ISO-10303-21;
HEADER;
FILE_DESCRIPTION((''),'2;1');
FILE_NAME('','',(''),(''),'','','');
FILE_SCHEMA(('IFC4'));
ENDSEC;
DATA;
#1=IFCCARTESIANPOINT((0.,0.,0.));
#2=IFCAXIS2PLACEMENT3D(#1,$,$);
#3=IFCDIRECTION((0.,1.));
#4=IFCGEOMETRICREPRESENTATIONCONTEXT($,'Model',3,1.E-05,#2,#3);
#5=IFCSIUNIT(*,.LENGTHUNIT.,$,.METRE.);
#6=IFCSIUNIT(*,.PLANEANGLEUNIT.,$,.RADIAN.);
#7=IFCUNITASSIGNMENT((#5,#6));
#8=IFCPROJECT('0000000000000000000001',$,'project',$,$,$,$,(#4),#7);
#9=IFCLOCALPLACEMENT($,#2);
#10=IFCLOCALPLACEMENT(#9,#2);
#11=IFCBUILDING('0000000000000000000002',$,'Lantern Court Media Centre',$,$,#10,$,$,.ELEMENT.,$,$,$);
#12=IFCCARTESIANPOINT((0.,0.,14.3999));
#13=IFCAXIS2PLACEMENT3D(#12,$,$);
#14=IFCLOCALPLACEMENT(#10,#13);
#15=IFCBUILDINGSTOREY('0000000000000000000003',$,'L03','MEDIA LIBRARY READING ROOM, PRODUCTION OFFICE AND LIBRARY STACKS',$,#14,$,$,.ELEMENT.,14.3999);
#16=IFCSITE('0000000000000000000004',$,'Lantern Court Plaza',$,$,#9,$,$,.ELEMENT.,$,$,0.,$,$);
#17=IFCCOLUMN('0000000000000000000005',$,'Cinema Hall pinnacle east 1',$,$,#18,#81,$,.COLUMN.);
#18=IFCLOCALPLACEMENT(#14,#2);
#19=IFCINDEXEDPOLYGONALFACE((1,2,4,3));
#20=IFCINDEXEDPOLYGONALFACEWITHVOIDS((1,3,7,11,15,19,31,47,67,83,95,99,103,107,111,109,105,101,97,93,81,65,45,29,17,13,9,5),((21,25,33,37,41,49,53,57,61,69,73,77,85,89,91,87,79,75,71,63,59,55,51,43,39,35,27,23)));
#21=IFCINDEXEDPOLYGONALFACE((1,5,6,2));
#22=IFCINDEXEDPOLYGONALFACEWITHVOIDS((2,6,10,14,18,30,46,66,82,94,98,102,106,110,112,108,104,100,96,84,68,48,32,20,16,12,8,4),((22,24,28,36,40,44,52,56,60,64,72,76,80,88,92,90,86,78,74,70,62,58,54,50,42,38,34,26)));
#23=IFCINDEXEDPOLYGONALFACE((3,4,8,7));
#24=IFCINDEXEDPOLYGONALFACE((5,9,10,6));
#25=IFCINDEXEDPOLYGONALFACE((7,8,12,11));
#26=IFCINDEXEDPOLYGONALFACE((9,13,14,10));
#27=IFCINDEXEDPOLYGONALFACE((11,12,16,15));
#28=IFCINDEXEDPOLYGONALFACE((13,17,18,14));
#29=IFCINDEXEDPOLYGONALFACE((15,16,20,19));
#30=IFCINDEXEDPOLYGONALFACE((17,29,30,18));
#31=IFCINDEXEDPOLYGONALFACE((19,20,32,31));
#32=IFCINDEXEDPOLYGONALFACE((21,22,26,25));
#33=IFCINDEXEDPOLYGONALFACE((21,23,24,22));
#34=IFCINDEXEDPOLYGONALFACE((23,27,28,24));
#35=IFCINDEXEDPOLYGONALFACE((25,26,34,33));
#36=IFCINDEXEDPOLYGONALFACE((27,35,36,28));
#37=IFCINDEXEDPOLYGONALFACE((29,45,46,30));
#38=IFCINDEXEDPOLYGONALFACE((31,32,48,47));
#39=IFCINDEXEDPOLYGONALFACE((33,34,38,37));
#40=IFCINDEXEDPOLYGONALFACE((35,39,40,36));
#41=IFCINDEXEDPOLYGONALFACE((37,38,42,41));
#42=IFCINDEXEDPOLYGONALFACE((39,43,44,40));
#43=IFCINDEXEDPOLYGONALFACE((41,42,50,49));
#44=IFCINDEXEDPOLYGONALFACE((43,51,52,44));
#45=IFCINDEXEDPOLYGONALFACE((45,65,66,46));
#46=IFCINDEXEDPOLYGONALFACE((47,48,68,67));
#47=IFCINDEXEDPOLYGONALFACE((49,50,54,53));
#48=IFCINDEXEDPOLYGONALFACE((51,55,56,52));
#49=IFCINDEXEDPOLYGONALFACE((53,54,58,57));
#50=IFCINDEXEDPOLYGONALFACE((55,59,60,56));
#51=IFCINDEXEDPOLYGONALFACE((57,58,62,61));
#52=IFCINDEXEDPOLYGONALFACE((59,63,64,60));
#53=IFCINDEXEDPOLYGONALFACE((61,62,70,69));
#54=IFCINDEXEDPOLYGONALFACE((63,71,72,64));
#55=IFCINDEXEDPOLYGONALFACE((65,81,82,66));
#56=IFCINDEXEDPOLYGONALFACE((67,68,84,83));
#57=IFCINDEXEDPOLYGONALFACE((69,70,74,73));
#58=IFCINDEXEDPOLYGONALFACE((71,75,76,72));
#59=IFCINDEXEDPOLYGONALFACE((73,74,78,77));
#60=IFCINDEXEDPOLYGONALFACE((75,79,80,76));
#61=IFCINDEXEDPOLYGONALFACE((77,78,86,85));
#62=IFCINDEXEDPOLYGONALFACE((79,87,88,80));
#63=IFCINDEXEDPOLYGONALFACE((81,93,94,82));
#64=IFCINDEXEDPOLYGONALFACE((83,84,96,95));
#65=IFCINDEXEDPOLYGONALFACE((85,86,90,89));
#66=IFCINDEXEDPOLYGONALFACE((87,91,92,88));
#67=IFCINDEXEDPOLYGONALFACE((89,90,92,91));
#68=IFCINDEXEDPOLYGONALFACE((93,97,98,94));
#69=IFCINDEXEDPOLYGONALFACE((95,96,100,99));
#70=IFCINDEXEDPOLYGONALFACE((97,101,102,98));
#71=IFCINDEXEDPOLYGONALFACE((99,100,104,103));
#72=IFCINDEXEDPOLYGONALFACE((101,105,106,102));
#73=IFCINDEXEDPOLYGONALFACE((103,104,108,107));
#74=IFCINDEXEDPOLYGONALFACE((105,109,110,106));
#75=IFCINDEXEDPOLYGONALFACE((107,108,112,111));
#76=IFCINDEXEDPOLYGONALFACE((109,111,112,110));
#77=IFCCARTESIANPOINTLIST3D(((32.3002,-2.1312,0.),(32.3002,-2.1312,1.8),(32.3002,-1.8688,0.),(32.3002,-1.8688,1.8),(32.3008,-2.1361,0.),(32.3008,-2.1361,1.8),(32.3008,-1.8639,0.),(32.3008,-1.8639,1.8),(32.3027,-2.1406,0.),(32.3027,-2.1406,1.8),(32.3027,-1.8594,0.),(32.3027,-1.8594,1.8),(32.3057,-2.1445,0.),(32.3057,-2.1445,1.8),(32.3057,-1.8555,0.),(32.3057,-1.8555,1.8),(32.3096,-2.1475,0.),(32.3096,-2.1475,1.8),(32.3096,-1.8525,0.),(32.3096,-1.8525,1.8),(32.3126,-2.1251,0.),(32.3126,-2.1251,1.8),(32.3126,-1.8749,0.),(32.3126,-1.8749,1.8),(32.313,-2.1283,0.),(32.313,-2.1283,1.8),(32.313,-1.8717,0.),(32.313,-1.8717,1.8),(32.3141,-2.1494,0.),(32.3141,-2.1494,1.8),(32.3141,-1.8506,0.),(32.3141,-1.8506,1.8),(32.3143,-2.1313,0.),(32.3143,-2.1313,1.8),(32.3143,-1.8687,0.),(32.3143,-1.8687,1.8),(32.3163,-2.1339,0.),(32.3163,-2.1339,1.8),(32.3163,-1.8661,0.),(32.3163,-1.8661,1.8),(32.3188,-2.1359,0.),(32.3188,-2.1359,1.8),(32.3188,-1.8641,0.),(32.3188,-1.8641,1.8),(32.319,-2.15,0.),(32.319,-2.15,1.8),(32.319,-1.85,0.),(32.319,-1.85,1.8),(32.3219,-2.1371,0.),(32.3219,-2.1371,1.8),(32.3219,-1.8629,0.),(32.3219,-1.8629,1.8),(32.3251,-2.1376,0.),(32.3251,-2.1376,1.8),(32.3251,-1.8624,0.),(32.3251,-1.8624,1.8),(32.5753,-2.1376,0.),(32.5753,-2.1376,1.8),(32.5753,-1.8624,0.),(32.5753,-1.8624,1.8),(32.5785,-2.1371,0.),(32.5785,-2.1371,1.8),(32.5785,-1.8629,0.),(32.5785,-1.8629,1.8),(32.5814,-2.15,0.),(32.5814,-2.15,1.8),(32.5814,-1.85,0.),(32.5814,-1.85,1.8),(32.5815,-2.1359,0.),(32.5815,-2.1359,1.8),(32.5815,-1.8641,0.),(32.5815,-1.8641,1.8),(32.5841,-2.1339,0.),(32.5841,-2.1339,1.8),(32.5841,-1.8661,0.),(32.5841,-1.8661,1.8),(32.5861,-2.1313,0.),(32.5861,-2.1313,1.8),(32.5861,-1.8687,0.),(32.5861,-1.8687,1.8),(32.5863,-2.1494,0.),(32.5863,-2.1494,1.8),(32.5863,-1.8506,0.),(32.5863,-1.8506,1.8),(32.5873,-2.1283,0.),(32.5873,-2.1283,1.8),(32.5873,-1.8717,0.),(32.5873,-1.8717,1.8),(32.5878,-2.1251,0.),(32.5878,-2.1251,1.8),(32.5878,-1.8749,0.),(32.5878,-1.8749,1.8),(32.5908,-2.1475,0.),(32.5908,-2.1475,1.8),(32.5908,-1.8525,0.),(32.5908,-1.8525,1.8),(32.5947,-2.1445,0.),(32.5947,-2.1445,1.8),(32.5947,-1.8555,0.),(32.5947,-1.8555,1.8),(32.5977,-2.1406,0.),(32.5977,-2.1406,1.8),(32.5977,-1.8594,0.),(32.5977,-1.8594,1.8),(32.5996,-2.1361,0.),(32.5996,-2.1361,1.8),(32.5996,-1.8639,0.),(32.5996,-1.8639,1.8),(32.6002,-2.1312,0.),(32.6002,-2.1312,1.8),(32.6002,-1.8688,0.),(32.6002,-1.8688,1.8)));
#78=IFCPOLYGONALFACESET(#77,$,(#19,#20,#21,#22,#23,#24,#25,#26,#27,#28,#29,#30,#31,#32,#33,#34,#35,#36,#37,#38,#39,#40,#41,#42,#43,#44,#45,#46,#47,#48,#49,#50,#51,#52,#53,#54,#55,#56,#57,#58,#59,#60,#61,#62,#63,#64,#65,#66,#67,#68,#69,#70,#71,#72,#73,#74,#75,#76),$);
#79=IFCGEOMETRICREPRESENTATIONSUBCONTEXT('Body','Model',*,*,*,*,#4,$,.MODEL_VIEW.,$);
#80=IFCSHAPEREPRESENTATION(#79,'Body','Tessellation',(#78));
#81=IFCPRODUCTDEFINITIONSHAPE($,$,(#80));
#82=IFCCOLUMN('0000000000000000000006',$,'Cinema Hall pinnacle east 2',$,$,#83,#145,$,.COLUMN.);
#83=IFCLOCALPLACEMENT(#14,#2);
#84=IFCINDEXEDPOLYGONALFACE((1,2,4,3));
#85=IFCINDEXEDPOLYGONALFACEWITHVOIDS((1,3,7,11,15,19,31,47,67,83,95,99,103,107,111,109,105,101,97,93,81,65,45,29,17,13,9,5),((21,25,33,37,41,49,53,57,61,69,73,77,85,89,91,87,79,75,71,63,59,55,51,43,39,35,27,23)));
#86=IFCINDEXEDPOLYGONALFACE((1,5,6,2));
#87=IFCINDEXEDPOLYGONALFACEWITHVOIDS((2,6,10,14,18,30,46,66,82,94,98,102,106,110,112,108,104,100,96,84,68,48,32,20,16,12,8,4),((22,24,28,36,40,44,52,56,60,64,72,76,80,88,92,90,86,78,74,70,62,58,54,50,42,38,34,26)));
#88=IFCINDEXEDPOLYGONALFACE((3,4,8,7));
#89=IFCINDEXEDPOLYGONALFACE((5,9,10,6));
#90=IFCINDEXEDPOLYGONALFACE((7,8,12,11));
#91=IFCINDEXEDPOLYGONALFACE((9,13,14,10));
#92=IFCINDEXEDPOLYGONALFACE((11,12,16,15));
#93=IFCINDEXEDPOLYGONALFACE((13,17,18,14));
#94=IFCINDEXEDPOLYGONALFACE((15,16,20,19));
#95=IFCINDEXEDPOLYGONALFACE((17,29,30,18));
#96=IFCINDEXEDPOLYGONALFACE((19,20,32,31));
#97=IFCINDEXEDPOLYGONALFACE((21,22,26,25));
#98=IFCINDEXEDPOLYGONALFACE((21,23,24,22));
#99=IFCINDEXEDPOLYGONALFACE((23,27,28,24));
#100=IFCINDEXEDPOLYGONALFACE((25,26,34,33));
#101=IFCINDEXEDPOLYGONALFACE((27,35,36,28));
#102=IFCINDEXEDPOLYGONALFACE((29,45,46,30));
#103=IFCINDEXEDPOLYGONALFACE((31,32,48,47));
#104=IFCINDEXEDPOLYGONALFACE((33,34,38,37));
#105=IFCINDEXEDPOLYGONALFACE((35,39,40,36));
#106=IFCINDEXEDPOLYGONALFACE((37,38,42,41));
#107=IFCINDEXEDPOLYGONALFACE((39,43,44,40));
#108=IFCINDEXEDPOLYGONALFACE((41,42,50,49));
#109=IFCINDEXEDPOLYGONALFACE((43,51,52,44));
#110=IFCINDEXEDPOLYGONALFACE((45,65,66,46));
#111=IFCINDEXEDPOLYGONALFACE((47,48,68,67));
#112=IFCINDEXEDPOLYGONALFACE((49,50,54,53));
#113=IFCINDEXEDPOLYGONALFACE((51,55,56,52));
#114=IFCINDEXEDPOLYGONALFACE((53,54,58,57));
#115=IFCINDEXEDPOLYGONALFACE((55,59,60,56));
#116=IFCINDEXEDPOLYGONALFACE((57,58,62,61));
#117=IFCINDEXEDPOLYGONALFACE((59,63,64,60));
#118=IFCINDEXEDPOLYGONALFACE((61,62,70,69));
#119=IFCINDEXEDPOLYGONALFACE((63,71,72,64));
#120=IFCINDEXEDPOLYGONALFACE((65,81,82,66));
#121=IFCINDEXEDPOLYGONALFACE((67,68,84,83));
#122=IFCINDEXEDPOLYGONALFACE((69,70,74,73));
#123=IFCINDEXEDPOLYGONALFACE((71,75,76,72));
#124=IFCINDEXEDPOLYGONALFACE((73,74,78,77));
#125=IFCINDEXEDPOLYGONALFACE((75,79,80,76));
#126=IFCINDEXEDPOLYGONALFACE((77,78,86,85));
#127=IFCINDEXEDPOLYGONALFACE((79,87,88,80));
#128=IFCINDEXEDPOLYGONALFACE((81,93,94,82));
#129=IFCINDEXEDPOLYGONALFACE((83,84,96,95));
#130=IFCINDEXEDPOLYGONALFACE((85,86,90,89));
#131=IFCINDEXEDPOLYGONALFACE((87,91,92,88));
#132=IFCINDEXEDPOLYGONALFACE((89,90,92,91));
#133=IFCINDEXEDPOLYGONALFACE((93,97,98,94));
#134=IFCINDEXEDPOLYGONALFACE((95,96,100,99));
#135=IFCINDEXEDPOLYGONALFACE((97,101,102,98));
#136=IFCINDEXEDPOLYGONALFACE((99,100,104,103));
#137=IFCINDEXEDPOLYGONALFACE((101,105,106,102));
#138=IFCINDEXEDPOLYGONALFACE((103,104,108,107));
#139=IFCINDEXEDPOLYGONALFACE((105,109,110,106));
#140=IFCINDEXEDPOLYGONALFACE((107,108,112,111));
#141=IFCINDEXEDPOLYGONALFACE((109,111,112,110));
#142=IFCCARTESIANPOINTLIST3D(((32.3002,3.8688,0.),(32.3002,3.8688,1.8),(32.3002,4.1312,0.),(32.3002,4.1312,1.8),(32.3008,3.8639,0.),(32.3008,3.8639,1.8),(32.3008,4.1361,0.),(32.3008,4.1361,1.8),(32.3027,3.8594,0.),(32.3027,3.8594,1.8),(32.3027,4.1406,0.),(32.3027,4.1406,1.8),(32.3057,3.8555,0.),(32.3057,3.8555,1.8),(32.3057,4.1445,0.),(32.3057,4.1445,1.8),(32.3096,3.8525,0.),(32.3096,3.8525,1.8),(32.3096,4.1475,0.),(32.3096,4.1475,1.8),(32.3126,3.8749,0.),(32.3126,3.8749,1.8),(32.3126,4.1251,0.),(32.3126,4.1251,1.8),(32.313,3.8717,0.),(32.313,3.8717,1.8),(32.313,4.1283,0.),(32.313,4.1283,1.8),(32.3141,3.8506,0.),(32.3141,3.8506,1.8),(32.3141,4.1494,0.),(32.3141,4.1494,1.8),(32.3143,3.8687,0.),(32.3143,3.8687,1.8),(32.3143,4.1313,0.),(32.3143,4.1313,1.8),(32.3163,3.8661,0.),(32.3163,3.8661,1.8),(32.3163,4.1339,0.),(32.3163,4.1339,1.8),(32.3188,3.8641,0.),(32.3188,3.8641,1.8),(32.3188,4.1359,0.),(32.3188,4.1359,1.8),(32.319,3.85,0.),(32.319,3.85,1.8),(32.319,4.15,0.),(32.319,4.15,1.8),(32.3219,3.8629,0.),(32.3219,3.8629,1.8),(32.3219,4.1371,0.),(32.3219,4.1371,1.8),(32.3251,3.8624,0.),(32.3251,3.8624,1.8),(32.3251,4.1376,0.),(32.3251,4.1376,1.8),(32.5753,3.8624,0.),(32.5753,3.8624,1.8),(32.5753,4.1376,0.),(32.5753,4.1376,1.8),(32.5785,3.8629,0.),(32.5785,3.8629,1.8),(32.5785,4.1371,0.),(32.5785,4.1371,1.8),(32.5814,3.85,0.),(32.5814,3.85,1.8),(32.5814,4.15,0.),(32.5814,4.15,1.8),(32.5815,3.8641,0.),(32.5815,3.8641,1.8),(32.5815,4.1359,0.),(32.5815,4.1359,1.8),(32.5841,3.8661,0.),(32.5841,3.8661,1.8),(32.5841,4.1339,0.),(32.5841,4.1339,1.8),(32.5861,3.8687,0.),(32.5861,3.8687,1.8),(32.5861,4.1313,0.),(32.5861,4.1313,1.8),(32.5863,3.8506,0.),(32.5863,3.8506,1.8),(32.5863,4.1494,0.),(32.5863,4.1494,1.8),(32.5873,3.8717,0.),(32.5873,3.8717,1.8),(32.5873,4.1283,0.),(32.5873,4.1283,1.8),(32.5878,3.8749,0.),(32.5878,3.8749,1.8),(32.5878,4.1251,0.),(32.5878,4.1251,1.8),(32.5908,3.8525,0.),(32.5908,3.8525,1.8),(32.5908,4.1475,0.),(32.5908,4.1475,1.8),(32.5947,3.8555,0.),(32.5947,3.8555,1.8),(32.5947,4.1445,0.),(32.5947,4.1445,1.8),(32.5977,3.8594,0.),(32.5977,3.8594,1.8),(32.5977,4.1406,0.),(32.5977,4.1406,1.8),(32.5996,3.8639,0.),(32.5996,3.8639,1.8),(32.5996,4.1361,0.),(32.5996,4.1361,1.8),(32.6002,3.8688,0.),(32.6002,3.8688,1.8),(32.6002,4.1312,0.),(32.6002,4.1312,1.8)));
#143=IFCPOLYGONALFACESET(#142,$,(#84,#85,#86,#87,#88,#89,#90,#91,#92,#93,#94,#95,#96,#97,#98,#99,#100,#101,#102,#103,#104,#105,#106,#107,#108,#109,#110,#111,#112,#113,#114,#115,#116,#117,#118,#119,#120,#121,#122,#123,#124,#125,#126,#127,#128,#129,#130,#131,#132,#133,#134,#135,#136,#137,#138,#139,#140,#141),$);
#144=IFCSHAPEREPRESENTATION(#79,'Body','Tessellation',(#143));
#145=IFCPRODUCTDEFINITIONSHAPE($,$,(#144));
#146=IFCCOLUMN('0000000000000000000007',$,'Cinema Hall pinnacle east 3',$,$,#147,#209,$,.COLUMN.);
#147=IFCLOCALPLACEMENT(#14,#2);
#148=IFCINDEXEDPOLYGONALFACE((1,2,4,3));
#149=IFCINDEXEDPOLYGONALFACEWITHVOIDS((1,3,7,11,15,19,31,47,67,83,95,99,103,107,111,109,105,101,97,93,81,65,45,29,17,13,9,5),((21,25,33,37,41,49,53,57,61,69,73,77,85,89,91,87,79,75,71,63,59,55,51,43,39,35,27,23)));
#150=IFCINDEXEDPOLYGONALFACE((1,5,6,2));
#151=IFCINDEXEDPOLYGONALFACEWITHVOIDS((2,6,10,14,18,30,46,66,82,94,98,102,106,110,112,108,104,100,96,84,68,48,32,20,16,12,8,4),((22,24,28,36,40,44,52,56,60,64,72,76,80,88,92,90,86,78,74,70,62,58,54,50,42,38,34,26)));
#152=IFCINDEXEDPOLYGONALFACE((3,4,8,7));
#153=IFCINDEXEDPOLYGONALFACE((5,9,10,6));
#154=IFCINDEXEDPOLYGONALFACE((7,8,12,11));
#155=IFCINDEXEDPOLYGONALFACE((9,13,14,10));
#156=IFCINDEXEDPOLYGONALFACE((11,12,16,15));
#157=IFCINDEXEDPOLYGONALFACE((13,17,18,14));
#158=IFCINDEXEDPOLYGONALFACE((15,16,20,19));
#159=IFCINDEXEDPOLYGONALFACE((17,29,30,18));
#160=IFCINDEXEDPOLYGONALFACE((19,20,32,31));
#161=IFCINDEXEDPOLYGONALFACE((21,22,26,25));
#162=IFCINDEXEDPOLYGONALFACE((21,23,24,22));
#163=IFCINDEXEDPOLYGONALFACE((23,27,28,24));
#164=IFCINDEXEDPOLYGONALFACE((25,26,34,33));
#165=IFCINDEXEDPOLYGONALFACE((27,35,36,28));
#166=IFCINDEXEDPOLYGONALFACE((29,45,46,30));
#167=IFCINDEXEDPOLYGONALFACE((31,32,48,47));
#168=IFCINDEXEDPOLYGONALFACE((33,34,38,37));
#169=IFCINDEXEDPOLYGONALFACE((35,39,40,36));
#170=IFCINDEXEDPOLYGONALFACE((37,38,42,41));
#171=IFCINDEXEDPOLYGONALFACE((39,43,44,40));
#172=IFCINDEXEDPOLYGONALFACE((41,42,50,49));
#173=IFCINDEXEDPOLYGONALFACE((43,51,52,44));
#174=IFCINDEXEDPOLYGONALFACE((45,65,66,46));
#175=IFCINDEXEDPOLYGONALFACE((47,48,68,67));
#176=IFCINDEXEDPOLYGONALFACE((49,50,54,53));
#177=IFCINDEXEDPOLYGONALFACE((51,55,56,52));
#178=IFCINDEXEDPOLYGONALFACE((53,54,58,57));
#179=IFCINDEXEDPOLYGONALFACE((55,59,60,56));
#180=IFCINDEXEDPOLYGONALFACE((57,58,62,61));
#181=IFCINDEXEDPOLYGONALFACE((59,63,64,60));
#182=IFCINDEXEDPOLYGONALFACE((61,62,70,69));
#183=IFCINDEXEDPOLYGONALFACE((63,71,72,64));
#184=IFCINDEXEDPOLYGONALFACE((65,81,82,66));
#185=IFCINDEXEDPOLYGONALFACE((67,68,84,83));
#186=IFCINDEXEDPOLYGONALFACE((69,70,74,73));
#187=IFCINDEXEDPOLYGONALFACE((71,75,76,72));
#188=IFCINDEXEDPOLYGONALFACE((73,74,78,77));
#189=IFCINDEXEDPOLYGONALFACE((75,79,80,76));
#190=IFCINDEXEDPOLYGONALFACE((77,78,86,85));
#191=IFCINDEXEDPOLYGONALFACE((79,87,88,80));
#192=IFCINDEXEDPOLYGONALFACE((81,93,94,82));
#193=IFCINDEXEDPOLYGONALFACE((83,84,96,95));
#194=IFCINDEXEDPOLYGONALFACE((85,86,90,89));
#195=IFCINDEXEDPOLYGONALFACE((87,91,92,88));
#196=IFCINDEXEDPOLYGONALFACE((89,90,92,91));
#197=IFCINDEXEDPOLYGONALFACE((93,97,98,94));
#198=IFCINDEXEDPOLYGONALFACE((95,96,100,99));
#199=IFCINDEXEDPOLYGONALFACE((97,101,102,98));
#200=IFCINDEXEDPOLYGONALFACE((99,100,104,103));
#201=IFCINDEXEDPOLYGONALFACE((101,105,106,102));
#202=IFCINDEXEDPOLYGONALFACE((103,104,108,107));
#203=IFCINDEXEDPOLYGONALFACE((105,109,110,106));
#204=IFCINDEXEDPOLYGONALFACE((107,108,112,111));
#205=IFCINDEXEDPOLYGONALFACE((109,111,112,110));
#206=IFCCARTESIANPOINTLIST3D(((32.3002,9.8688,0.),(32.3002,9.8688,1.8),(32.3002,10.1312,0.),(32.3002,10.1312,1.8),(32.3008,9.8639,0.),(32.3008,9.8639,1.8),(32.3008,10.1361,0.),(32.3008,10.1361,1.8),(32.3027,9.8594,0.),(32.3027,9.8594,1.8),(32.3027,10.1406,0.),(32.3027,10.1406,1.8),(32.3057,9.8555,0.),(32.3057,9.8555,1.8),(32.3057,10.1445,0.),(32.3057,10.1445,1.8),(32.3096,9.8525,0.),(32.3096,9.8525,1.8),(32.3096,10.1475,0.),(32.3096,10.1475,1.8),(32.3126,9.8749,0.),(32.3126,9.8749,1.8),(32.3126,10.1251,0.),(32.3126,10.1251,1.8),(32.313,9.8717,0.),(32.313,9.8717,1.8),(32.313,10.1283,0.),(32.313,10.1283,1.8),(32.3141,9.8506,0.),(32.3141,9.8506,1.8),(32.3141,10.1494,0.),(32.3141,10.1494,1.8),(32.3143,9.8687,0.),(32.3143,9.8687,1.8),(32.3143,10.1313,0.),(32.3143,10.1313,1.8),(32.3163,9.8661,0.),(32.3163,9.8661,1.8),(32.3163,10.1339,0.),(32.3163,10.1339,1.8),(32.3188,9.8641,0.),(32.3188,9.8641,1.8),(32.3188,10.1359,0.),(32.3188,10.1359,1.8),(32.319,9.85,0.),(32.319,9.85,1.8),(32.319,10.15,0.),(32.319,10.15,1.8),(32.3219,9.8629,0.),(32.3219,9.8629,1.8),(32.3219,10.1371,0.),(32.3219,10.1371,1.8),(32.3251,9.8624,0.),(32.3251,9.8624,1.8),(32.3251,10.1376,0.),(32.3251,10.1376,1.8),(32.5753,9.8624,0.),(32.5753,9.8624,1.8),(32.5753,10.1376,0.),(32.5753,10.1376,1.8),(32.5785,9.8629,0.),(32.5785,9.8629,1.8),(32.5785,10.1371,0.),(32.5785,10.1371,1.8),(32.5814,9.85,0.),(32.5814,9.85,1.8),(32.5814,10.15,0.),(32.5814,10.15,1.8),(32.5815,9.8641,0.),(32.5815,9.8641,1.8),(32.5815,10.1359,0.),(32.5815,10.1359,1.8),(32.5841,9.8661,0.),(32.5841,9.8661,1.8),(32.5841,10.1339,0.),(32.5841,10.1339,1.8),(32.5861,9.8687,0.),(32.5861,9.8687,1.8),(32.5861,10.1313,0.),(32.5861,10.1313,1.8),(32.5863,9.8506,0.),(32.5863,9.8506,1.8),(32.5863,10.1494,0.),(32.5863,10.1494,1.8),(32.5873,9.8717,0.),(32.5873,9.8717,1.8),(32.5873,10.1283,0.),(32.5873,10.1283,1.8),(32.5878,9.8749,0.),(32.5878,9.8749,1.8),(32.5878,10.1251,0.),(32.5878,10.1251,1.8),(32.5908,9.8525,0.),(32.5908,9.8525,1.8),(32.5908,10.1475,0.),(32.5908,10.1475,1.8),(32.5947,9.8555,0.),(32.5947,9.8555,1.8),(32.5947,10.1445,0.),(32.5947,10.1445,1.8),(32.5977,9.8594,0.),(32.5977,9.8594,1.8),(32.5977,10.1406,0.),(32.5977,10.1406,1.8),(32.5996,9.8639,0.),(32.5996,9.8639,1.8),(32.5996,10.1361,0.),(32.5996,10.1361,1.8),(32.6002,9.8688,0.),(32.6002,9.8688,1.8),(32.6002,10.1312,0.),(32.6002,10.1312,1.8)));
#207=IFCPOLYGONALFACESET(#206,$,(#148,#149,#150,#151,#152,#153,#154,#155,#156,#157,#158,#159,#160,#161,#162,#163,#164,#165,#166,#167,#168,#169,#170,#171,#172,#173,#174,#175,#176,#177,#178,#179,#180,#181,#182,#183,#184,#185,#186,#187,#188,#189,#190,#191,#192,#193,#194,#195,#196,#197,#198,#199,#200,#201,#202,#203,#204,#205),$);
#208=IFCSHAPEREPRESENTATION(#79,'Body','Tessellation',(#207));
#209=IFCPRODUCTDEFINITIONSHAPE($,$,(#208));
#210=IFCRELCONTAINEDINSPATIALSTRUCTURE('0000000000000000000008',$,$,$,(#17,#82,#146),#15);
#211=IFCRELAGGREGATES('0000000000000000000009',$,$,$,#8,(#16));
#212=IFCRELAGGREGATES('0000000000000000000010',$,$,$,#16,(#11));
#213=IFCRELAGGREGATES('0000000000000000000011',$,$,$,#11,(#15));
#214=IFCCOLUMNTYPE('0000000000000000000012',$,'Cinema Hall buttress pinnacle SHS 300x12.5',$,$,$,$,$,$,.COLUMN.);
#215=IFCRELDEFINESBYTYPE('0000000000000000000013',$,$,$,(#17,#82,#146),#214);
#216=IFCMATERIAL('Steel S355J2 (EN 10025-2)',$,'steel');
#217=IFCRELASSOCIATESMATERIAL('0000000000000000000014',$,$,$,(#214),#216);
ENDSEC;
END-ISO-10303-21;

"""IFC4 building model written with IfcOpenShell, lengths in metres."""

from ifc_helpers import new_model, si_unit, direction, frame, origin, origin_2d, place, context, subcontext, project, spatial, hollow_rectangle, extrude, material, material_profile, profile_set, type_object, element, save


model = new_model("IFC4")

# Units and contexts
model_context = context("Model", 3, precision=1e-05, world=origin(), true_north=direction((0.0, 1.0)))
body_context = subcontext(model_context, "Body", "Model", "MODEL_VIEW")
ifc_project = project(units=[si_unit("LENGTHUNIT", "METRE"), si_unit("PLANEANGLEUNIT", "RADIAN")], contexts=[model_context])

# Site, building, storey
site_placement = place(None, origin())
site = spatial("IfcSite", under=ifc_project, at=site_placement, Name="Lantern Court Plaza", CompositionType="ELEMENT", RefElevation=0.0)
building_placement = place(site_placement, origin())
building = spatial("IfcBuilding", under=site, at=building_placement, Name="Lantern Court Media Centre", CompositionType="ELEMENT")
storey_placement = place(building_placement, frame((0.0, 0.0, 14.3999)))
storey = spatial("IfcBuildingStorey", under=building, at=storey_placement, Name="L03", Description="MEDIA LIBRARY READING ROOM, PRODUCTION OFFICE AND LIBRARY STACKS", CompositionType="ELEMENT", Elevation=14.3999)

# Columns
ifc_material_1 = material(Name="Steel S355J2 (EN 10025-2)", Category="steel")
ifc_material_profile = material_profile(ifc_material_1, hollow_rectangle(XDim=0.3, YDim=0.3, WallThickness=0.0125, InnerFilletRadius=0.0125, OuterFilletRadius=0.0188, at=origin_2d()), Name="Cinema Hall buttress pinnacle SHS 300x12.5")
ifc_profile_set = profile_set([ifc_material_profile], Name="Steel S355J2 (EN 10025-2)")
column_type = type_object("IfcColumnType", Name="Cinema Hall buttress pinnacle SHS 300x12.5", PredefinedType="COLUMN", material=ifc_profile_set)
for number, where, z_axis, x_axis, name in (
    (1, (32.4502, -2.0, 0.0), (0.0, 0.0, 1.0), (1.0, 0.0, 0.0), "Cinema Hall pinnacle east 1"),
    (2, (32.4502, 4.0, 0.0), (0.0, 0.0, 1.0), (1.0, 0.0, 0.0), "Cinema Hall pinnacle east 2"),
    (3, (32.4502, 10.0, 0.0), (0.0, 0.0, 1.0), (1.0, 0.0, 0.0), "Cinema Hall pinnacle east 3"),
):
    element("IfcColumn", number, at=place(storey_placement, frame(where, z_axis=z_axis, x_axis=x_axis)), inside=storey, type_object=column_type, Name=name, PredefinedType="COLUMN", context=body_context, shape_type="SweptSolid", body=[
        extrude(hollow_rectangle(XDim=0.3, YDim=0.3, WallThickness=0.0125, InnerFilletRadius=0.0125, OuterFilletRadius=0.0188, at=origin_2d()), origin(), (0.0, 0.0, 1.0), 1.8),
    ])

save(model, "model.ifc")
